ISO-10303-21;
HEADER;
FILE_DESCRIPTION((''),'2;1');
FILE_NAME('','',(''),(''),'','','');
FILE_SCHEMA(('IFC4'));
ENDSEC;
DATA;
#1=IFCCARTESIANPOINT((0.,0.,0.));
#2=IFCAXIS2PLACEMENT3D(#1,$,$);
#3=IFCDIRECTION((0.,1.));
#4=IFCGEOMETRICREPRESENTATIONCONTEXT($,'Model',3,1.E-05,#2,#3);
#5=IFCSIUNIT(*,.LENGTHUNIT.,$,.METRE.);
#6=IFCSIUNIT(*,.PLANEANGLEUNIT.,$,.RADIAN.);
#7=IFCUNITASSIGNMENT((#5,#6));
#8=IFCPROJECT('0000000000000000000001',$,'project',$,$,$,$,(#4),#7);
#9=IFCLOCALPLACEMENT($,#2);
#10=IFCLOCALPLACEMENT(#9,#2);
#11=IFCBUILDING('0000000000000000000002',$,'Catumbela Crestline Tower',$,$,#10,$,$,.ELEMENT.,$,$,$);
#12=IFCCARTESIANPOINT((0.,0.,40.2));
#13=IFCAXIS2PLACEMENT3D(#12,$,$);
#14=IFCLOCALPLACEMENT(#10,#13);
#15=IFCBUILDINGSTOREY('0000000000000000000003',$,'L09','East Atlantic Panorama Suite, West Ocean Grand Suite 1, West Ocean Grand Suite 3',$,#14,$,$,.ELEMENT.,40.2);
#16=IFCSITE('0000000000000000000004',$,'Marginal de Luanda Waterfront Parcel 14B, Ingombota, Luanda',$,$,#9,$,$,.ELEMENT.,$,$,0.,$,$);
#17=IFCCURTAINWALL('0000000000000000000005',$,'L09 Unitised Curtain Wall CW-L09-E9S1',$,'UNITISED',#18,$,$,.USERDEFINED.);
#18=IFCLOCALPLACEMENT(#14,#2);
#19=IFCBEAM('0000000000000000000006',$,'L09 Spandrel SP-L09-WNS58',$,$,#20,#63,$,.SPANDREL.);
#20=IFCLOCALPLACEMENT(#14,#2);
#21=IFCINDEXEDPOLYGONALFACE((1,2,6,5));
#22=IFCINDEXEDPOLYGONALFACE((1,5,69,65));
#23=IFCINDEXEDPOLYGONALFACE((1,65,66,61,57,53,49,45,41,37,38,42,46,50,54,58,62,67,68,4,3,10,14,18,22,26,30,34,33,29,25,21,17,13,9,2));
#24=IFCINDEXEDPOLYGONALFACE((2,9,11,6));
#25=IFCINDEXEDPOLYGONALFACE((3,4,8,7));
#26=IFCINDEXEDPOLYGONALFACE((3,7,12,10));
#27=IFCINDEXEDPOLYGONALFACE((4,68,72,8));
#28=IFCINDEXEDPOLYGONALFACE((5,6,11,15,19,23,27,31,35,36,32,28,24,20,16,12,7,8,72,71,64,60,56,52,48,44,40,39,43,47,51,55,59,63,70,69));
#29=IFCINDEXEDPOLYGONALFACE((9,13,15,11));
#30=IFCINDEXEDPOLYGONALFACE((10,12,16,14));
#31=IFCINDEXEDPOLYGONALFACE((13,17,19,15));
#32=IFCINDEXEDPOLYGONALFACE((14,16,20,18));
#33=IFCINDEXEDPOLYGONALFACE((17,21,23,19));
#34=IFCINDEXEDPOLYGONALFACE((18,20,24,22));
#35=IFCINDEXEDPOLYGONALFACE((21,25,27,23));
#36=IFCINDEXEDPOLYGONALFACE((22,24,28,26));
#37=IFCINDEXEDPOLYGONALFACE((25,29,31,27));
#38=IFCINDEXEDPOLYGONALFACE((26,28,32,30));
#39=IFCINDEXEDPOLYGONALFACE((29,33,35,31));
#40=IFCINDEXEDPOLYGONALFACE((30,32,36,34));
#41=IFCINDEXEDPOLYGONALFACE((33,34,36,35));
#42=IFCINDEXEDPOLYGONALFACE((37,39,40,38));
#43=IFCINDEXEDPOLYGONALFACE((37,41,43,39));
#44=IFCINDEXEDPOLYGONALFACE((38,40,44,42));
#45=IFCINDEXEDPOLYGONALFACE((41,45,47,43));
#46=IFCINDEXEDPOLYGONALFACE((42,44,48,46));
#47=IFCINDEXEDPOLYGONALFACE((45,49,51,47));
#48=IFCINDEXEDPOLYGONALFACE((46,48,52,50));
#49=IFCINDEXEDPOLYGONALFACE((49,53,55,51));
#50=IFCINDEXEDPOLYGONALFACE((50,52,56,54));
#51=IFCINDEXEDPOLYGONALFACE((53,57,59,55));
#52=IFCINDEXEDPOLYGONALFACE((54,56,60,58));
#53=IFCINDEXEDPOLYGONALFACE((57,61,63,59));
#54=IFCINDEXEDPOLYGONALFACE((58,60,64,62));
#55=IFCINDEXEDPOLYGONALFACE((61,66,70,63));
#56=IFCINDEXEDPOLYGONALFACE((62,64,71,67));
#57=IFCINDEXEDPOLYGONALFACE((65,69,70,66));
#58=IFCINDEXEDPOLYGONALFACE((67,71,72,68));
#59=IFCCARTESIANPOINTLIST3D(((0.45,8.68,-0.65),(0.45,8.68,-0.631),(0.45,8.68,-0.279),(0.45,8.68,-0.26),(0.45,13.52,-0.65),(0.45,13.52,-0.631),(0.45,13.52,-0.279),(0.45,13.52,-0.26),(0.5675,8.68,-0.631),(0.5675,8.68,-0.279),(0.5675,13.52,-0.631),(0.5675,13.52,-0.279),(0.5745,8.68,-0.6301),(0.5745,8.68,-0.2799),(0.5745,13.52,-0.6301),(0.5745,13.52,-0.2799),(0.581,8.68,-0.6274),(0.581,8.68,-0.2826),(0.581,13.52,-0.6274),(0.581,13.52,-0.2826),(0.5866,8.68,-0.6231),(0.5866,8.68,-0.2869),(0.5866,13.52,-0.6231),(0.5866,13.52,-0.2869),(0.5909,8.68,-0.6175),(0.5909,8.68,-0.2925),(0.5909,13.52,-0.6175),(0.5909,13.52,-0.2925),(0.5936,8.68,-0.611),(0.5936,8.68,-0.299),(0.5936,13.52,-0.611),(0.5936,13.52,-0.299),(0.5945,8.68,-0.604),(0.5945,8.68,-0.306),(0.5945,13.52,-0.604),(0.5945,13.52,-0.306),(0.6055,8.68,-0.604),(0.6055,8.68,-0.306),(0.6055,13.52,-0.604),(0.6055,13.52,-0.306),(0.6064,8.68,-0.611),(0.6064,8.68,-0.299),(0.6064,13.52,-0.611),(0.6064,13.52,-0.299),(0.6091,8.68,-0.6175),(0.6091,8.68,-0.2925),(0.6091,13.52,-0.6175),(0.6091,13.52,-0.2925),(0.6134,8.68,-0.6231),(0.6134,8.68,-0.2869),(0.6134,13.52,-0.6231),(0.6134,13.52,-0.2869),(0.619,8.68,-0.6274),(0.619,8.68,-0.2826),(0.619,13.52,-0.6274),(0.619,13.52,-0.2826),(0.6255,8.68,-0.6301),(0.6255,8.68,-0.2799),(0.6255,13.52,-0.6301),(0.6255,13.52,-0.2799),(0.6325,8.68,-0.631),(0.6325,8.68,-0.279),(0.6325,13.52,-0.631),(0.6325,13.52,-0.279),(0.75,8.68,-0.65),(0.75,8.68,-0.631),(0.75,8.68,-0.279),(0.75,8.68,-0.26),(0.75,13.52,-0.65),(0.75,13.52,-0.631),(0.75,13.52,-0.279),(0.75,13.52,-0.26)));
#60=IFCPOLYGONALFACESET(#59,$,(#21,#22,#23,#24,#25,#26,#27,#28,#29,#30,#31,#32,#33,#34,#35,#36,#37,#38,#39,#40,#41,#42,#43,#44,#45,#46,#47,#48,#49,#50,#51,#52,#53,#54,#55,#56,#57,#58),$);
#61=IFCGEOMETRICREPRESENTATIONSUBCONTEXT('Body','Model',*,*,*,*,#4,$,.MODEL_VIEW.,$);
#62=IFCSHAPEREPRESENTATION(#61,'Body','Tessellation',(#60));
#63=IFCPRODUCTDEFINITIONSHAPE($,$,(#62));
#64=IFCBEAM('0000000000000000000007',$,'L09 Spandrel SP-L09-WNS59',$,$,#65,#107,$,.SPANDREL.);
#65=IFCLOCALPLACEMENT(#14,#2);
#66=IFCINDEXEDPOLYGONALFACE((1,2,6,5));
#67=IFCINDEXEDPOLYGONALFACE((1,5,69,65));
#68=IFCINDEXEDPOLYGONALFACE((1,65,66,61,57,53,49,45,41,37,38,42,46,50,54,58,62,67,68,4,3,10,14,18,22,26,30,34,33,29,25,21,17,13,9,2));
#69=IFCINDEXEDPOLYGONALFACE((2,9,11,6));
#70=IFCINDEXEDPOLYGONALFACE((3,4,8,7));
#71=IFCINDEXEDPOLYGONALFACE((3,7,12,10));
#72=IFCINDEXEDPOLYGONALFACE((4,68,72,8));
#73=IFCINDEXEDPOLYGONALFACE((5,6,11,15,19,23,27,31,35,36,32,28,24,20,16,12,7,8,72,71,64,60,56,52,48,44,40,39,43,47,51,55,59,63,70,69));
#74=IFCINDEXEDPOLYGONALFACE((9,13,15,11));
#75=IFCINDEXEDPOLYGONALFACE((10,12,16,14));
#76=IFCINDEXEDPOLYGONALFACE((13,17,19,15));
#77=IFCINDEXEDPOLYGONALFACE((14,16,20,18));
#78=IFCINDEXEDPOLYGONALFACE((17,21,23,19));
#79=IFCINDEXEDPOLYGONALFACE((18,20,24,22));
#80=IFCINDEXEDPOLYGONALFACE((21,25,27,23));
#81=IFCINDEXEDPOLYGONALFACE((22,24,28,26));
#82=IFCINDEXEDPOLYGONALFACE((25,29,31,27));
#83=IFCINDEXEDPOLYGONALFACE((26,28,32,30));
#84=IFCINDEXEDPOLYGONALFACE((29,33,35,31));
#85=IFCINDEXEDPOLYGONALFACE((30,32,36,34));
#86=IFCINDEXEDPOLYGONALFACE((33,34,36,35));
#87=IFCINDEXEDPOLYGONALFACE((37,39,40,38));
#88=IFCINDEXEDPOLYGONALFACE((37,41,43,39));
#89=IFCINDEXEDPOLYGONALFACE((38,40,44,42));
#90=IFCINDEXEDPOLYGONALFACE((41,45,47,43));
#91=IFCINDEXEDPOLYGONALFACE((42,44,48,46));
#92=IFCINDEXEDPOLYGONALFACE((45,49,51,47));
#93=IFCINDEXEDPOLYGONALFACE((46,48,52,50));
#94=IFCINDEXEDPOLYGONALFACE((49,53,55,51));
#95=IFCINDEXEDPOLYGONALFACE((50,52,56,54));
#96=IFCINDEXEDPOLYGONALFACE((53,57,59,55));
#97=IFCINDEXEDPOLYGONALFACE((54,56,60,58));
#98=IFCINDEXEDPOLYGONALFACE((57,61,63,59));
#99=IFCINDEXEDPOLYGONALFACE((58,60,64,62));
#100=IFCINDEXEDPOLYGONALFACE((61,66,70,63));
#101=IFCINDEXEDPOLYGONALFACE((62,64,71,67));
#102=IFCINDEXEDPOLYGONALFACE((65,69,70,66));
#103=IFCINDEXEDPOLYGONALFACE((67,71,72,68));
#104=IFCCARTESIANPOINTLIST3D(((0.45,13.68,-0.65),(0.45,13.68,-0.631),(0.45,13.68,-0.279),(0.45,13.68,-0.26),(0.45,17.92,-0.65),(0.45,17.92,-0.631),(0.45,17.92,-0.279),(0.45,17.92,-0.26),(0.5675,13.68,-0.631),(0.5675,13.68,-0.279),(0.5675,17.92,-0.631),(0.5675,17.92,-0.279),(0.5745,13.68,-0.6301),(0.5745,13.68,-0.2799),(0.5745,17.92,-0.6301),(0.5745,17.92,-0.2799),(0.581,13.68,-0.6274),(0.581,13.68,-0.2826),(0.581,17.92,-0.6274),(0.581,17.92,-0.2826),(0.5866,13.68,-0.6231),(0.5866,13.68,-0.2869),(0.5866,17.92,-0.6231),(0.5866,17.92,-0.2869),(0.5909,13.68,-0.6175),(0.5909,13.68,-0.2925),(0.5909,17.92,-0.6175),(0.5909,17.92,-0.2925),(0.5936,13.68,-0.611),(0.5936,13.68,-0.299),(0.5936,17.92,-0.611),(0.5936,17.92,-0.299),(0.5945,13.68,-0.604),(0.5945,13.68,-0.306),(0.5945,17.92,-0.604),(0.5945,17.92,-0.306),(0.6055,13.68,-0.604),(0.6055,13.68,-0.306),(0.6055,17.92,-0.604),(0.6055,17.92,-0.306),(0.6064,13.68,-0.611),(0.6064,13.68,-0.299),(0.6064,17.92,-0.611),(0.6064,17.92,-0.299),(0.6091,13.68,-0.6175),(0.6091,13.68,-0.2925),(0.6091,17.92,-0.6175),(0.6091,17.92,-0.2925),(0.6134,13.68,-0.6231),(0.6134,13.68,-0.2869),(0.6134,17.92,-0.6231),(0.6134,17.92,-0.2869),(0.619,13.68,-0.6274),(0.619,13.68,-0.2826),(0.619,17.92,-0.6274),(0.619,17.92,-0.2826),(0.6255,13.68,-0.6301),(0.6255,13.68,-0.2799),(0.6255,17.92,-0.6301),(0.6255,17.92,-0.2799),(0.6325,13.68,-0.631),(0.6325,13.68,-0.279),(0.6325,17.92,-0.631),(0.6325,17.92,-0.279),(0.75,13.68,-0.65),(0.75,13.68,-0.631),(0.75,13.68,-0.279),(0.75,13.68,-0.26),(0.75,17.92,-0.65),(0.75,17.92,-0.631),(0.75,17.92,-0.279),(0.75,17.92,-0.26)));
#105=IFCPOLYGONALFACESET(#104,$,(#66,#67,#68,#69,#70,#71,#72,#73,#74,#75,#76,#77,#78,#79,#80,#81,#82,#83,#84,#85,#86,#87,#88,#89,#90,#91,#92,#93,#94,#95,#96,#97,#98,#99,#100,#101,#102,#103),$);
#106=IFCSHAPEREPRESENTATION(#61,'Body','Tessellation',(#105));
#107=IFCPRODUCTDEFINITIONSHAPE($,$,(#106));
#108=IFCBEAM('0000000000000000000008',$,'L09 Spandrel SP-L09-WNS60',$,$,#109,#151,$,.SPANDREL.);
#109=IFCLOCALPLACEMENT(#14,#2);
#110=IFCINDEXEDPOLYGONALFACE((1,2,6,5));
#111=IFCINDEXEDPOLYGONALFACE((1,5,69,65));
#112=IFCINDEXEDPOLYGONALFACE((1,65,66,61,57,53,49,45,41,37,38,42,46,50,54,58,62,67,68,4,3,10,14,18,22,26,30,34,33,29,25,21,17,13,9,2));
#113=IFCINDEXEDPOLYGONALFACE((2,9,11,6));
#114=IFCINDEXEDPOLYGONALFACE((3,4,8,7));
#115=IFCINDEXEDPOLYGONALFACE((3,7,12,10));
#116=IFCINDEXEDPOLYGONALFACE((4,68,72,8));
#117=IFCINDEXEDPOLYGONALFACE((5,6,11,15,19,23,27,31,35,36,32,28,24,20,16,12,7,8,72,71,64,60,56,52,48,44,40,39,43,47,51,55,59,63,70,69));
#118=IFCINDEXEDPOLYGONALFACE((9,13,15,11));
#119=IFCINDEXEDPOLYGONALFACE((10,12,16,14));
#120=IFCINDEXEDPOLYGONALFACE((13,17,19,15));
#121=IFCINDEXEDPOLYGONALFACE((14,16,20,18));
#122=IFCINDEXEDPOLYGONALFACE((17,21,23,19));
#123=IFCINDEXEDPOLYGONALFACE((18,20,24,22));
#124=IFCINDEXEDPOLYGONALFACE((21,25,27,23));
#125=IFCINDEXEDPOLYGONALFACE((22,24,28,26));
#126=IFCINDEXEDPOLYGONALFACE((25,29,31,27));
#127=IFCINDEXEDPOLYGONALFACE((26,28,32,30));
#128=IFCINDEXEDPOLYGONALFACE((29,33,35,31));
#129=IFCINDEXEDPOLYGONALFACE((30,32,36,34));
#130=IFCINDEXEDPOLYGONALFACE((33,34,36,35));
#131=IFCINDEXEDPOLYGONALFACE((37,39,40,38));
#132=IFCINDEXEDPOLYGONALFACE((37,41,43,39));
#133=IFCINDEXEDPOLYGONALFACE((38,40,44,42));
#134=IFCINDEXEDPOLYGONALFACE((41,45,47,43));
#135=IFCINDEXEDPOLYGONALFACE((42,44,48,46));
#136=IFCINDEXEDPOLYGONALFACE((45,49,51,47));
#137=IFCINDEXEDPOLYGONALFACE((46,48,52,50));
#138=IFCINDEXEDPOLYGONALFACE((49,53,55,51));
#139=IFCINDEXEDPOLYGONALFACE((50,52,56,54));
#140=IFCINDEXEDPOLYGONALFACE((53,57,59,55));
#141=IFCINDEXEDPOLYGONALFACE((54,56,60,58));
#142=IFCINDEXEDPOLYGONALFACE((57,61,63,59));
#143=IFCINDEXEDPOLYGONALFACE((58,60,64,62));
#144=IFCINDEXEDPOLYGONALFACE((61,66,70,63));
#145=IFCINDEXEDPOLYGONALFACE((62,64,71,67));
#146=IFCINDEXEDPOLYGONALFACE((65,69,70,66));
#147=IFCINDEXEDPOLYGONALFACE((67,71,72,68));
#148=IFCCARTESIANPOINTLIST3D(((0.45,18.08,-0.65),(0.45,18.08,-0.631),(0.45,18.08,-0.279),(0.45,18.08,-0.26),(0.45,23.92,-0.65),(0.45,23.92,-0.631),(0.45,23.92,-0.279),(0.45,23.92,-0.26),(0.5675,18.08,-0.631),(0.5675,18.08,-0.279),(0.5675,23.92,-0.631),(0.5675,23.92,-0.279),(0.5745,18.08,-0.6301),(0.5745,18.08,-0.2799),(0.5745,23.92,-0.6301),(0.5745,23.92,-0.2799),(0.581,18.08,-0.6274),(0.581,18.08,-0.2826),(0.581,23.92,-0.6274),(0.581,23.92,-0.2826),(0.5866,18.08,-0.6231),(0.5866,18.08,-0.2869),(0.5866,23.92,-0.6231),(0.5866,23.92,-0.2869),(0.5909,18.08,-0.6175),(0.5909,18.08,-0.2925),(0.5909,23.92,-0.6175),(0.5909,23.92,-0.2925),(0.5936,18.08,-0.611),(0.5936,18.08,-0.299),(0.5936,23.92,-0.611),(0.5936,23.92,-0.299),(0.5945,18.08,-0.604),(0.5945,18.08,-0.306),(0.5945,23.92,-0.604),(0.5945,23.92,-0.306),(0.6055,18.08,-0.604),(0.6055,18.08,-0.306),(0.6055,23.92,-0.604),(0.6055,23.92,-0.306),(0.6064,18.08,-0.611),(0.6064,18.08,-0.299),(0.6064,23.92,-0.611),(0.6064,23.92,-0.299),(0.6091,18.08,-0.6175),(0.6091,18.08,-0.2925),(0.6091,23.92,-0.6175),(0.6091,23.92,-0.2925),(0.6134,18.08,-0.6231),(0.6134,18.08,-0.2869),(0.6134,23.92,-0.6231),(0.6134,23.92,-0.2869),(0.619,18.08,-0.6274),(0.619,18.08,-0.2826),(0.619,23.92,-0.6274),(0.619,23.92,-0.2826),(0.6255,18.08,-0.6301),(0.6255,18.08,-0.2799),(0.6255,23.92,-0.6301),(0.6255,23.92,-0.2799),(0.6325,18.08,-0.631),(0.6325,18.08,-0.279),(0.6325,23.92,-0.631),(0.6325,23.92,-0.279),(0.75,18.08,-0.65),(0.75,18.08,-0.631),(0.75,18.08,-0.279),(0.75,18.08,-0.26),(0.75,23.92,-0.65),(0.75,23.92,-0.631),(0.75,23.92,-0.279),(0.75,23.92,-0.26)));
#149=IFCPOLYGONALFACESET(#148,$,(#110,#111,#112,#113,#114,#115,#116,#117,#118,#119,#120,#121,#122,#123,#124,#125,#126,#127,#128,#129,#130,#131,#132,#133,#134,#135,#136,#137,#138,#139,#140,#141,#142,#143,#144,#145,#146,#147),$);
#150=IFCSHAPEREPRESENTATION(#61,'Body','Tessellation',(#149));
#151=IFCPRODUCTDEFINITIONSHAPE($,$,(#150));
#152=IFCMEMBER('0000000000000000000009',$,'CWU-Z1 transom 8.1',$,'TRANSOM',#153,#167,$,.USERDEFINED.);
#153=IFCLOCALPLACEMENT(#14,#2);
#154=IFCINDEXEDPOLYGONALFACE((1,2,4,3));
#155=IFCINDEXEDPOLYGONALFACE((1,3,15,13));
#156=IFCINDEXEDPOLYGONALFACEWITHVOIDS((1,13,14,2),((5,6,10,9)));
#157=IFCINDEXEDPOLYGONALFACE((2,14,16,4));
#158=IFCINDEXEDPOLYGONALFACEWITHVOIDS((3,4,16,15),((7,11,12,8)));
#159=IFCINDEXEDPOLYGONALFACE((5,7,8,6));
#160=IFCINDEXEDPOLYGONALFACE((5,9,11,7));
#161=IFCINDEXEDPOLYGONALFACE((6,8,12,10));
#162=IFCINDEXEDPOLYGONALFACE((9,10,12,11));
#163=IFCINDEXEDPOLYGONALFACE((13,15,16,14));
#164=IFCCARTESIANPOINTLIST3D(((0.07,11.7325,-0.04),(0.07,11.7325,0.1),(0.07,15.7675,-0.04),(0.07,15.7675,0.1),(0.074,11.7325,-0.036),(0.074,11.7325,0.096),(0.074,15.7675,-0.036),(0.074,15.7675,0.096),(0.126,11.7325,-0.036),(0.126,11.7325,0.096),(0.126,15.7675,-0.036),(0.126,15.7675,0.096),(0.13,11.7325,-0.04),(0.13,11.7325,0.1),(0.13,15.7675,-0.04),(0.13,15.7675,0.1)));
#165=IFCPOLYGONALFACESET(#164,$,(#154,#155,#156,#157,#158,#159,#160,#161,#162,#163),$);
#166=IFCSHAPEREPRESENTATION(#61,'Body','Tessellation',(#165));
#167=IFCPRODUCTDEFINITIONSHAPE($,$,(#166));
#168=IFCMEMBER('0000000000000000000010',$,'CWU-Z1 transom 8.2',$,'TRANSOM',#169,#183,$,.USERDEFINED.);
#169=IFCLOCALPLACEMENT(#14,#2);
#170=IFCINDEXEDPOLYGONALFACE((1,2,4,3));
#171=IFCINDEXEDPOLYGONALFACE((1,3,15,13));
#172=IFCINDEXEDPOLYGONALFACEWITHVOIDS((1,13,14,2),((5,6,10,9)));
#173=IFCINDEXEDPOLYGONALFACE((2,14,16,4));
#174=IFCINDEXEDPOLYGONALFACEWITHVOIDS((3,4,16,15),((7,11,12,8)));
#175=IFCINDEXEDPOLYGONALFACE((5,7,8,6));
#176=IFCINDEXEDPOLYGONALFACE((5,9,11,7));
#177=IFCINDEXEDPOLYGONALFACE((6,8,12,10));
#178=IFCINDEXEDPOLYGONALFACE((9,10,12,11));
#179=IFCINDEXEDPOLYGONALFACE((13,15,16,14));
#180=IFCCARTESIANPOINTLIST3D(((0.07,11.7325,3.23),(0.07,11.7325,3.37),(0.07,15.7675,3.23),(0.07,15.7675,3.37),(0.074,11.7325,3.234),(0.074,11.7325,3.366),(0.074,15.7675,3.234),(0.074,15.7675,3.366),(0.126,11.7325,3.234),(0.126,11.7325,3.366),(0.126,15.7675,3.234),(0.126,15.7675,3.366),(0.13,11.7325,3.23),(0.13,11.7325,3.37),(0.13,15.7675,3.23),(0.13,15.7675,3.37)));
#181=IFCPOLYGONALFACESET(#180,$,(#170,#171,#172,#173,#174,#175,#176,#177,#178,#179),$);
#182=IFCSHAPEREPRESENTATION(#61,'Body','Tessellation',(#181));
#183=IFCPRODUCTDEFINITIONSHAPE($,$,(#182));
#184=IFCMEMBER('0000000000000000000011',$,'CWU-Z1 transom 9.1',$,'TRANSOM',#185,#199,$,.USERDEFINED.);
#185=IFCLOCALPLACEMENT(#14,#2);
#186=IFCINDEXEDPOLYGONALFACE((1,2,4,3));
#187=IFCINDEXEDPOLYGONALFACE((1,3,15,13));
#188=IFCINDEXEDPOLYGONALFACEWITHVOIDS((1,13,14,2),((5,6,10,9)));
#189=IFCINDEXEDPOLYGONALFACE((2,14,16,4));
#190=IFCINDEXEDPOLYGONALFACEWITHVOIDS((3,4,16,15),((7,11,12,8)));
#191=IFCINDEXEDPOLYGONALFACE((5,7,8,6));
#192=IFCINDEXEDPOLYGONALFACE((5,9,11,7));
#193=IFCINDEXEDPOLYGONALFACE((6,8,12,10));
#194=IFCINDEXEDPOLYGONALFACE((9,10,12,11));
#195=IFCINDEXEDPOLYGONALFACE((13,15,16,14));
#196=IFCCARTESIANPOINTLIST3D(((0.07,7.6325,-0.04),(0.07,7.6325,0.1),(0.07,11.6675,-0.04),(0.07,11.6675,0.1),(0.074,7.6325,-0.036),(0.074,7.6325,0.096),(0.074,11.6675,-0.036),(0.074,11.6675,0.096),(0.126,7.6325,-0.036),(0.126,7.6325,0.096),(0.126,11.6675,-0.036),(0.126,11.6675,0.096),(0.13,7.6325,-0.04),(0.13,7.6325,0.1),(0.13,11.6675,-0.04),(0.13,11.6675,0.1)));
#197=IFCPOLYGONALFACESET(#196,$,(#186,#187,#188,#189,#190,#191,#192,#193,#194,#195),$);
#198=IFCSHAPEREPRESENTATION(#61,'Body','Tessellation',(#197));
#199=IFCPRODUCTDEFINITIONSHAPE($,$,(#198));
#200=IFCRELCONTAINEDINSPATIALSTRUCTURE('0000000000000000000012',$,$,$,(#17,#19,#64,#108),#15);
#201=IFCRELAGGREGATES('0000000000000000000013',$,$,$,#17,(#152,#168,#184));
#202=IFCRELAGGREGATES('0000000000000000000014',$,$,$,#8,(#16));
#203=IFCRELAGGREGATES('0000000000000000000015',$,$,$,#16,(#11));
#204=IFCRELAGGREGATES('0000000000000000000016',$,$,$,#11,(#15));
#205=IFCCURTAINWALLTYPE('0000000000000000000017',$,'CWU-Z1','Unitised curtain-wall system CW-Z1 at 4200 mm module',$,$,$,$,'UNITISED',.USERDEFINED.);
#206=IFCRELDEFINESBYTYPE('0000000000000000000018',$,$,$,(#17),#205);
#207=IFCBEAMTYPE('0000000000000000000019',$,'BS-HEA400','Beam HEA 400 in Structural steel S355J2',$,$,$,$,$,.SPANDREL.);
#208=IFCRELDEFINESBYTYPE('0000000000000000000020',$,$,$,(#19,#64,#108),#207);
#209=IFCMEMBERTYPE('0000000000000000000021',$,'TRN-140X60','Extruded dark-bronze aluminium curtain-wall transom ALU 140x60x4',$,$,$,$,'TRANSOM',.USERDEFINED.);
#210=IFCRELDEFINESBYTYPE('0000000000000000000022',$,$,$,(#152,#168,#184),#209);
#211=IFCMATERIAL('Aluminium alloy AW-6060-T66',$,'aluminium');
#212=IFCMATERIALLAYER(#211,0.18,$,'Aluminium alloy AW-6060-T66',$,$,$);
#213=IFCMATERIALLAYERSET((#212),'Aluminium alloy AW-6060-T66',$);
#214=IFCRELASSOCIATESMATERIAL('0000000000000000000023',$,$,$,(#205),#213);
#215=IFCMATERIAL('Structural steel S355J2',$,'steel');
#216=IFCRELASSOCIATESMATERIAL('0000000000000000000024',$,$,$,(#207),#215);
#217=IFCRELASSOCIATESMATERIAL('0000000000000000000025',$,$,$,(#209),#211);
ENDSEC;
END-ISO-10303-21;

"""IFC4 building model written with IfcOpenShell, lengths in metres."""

from ifc_helpers import new_model, si_unit, direction, frame, origin, origin_2d, place, context, subcontext, project, spatial, hollow_rectangle, i_section, extrude, material, layer, layer_set, material_profile, profile_set, type_object, element, aggregate, save


model = new_model("IFC4")

# Units and contexts
model_context = context("Model", 3, precision=1e-05, world=origin(), true_north=direction((0.0, 1.0)))
body_context = subcontext(model_context, "Body", "Model", "MODEL_VIEW")
ifc_project = project(units=[si_unit("LENGTHUNIT", "METRE"), si_unit("PLANEANGLEUNIT", "RADIAN")], contexts=[model_context])

# Site, building, storey
site_placement = place(None, origin())
site = spatial("IfcSite", under=ifc_project, at=site_placement, Name="Marginal de Luanda Waterfront Parcel 14B, Ingombota, Luanda", CompositionType="ELEMENT", RefElevation=0.0)
building_placement = place(site_placement, origin())
building = spatial("IfcBuilding", under=site, at=building_placement, Name="Catumbela Crestline Tower", CompositionType="ELEMENT")
storey_placement = place(building_placement, frame((0.0, 0.0, 40.2)))
storey = spatial("IfcBuildingStorey", under=building, at=storey_placement, Name="L09", Description="East Atlantic Panorama Suite, West Ocean Grand Suite 1, West Ocean Grand Suite 3", CompositionType="ELEMENT", Elevation=40.2)

# Shared definitions
ifc_material_1 = material(Name="Structural steel S355J2", Category="steel")

# Curtain wall
ifc_material_2 = material(Name="Aluminium alloy AW-6060-T66", Category="aluminium")
ifc_layer_1 = layer(ifc_material_2, 0.18, Name="Aluminium alloy AW-6060-T66")
ifc_layer_set_1 = layer_set([ifc_layer_1], Name="Aluminium alloy AW-6060-T66")
curtain_wall_type = type_object("IfcCurtainWallType", Name="CWU-Z1", Description="Unitised curtain-wall system CW-Z1 at 4200 mm module", ElementType="UNITISED", PredefinedType="USERDEFINED", material=ifc_layer_set_1)
curtain_wall_placement = place(storey_placement, origin())
curtain_wall = element("IfcCurtainWall", 1, at=curtain_wall_placement, inside=storey, type_object=curtain_wall_type, Name="L09 Unitised Curtain Wall CW-L09-E9S1", ObjectType="UNITISED", PredefinedType="USERDEFINED")

# Beams
ifc_material_profile_1 = material_profile(ifc_material_1, i_section(OverallWidth=0.3, OverallDepth=0.39, WebThickness=0.011, FlangeThickness=0.019, FilletRadius=0.027, at=origin_2d()), Name="HEA 400")
ifc_profile_set_1 = profile_set([ifc_material_profile_1], Name="Structural steel S355J2")
beam_type_1 = type_object("IfcBeamType", Name="BS-HEA400", Description="Beam HEA 400 in Structural steel S355J2", PredefinedType="SPANDREL", material=ifc_profile_set_1)
beam_1_placement = place(storey_placement, frame((0.6, 8.68, -0.455), z_axis=(0.0, 1.0, 0.0), x_axis=(-1.0, 0.0, 0.0)))
element("IfcBeam", 2, at=beam_1_placement, inside=storey, type_object=beam_type_1, Name="L09 Spandrel SP-L09-WNS58", PredefinedType="SPANDREL", context=body_context, shape_type="SweptSolid", body=[
    extrude(i_section(OverallWidth=0.3, OverallDepth=0.39, WebThickness=0.011, FlangeThickness=0.019, FilletRadius=0.027, at=origin_2d()), origin(), (0.0, 0.0, 1.0), 4.84),
])
beam_2_placement = place(storey_placement, frame((0.6, 13.68, -0.455), z_axis=(0.0, 1.0, 0.0), x_axis=(-1.0, 0.0, 0.0)))
element("IfcBeam", 3, at=beam_2_placement, inside=storey, type_object=beam_type_1, Name="L09 Spandrel SP-L09-WNS59", PredefinedType="SPANDREL", context=body_context, shape_type="SweptSolid", body=[
    extrude(i_section(OverallWidth=0.3, OverallDepth=0.39, WebThickness=0.011, FlangeThickness=0.019, FilletRadius=0.027, at=origin_2d()), origin(), (0.0, 0.0, 1.0), 4.24),
])
beam_3_placement = place(storey_placement, frame((0.6, 18.08, -0.455), z_axis=(0.0, 1.0, 0.0), x_axis=(-1.0, 0.0, 0.0)))
element("IfcBeam", 4, at=beam_3_placement, inside=storey, type_object=beam_type_1, Name="L09 Spandrel SP-L09-WNS60", PredefinedType="SPANDREL", context=body_context, shape_type="SweptSolid", body=[
    extrude(i_section(OverallWidth=0.3, OverallDepth=0.39, WebThickness=0.011, FlangeThickness=0.019, FilletRadius=0.027, at=origin_2d()), origin(), (0.0, 0.0, 1.0), 5.84),
])

# Members
ifc_material_profile_2 = material_profile(ifc_material_2, hollow_rectangle(XDim=0.06, YDim=0.14, WallThickness=0.004, at=origin_2d()), Name="ALU 140x60x4")
ifc_profile_set_2 = profile_set([ifc_material_profile_2], Name="Aluminium alloy AW-6060-T66")
member_type_1 = type_object("IfcMemberType", Name="TRN-140X60", Description="Extruded dark-bronze aluminium curtain-wall transom ALU 140x60x4", ElementType="TRANSOM", PredefinedType="USERDEFINED", material=ifc_profile_set_2)
member_1_placement = place(storey_placement, frame((0.1, 15.7675, 0.03), z_axis=(0.0, -1.0, 0.0), x_axis=(1.0, 0.0, 0.0)))
member_1 = element("IfcMember", 5, at=member_1_placement, type_object=member_type_1, Name="CWU-Z1 transom 8.1", ObjectType="TRANSOM", PredefinedType="USERDEFINED", context=body_context, shape_type="SweptSolid", body=[
    extrude(hollow_rectangle(XDim=0.06, YDim=0.14, WallThickness=0.004, at=origin_2d()), origin(), (0.0, 0.0, 1.0), 4.035),
])
member_2_placement = place(storey_placement, frame((0.1, 15.7675, 3.3), z_axis=(0.0, -1.0, 0.0), x_axis=(1.0, 0.0, 0.0)))
member_2 = element("IfcMember", 6, at=member_2_placement, type_object=member_type_1, Name="CWU-Z1 transom 8.2", ObjectType="TRANSOM", PredefinedType="USERDEFINED", context=body_context, shape_type="SweptSolid", body=[
    extrude(hollow_rectangle(XDim=0.06, YDim=0.14, WallThickness=0.004, at=origin_2d()), origin(), (0.0, 0.0, 1.0), 4.035),
])
member_3_placement = place(storey_placement, frame((0.1, 11.6675, 0.03), z_axis=(0.0, -1.0, 0.0), x_axis=(1.0, 0.0, 0.0)))
member_3 = element("IfcMember", 7, at=member_3_placement, type_object=member_type_1, Name="CWU-Z1 transom 9.1", ObjectType="TRANSOM", PredefinedType="USERDEFINED", context=body_context, shape_type="SweptSolid", body=[
    extrude(hollow_rectangle(XDim=0.06, YDim=0.14, WallThickness=0.004, at=origin_2d()), origin(), (0.0, 0.0, 1.0), 4.035),
])

aggregate(curtain_wall, [member_1, member_2, member_3])

save(model, "model.ifc")
